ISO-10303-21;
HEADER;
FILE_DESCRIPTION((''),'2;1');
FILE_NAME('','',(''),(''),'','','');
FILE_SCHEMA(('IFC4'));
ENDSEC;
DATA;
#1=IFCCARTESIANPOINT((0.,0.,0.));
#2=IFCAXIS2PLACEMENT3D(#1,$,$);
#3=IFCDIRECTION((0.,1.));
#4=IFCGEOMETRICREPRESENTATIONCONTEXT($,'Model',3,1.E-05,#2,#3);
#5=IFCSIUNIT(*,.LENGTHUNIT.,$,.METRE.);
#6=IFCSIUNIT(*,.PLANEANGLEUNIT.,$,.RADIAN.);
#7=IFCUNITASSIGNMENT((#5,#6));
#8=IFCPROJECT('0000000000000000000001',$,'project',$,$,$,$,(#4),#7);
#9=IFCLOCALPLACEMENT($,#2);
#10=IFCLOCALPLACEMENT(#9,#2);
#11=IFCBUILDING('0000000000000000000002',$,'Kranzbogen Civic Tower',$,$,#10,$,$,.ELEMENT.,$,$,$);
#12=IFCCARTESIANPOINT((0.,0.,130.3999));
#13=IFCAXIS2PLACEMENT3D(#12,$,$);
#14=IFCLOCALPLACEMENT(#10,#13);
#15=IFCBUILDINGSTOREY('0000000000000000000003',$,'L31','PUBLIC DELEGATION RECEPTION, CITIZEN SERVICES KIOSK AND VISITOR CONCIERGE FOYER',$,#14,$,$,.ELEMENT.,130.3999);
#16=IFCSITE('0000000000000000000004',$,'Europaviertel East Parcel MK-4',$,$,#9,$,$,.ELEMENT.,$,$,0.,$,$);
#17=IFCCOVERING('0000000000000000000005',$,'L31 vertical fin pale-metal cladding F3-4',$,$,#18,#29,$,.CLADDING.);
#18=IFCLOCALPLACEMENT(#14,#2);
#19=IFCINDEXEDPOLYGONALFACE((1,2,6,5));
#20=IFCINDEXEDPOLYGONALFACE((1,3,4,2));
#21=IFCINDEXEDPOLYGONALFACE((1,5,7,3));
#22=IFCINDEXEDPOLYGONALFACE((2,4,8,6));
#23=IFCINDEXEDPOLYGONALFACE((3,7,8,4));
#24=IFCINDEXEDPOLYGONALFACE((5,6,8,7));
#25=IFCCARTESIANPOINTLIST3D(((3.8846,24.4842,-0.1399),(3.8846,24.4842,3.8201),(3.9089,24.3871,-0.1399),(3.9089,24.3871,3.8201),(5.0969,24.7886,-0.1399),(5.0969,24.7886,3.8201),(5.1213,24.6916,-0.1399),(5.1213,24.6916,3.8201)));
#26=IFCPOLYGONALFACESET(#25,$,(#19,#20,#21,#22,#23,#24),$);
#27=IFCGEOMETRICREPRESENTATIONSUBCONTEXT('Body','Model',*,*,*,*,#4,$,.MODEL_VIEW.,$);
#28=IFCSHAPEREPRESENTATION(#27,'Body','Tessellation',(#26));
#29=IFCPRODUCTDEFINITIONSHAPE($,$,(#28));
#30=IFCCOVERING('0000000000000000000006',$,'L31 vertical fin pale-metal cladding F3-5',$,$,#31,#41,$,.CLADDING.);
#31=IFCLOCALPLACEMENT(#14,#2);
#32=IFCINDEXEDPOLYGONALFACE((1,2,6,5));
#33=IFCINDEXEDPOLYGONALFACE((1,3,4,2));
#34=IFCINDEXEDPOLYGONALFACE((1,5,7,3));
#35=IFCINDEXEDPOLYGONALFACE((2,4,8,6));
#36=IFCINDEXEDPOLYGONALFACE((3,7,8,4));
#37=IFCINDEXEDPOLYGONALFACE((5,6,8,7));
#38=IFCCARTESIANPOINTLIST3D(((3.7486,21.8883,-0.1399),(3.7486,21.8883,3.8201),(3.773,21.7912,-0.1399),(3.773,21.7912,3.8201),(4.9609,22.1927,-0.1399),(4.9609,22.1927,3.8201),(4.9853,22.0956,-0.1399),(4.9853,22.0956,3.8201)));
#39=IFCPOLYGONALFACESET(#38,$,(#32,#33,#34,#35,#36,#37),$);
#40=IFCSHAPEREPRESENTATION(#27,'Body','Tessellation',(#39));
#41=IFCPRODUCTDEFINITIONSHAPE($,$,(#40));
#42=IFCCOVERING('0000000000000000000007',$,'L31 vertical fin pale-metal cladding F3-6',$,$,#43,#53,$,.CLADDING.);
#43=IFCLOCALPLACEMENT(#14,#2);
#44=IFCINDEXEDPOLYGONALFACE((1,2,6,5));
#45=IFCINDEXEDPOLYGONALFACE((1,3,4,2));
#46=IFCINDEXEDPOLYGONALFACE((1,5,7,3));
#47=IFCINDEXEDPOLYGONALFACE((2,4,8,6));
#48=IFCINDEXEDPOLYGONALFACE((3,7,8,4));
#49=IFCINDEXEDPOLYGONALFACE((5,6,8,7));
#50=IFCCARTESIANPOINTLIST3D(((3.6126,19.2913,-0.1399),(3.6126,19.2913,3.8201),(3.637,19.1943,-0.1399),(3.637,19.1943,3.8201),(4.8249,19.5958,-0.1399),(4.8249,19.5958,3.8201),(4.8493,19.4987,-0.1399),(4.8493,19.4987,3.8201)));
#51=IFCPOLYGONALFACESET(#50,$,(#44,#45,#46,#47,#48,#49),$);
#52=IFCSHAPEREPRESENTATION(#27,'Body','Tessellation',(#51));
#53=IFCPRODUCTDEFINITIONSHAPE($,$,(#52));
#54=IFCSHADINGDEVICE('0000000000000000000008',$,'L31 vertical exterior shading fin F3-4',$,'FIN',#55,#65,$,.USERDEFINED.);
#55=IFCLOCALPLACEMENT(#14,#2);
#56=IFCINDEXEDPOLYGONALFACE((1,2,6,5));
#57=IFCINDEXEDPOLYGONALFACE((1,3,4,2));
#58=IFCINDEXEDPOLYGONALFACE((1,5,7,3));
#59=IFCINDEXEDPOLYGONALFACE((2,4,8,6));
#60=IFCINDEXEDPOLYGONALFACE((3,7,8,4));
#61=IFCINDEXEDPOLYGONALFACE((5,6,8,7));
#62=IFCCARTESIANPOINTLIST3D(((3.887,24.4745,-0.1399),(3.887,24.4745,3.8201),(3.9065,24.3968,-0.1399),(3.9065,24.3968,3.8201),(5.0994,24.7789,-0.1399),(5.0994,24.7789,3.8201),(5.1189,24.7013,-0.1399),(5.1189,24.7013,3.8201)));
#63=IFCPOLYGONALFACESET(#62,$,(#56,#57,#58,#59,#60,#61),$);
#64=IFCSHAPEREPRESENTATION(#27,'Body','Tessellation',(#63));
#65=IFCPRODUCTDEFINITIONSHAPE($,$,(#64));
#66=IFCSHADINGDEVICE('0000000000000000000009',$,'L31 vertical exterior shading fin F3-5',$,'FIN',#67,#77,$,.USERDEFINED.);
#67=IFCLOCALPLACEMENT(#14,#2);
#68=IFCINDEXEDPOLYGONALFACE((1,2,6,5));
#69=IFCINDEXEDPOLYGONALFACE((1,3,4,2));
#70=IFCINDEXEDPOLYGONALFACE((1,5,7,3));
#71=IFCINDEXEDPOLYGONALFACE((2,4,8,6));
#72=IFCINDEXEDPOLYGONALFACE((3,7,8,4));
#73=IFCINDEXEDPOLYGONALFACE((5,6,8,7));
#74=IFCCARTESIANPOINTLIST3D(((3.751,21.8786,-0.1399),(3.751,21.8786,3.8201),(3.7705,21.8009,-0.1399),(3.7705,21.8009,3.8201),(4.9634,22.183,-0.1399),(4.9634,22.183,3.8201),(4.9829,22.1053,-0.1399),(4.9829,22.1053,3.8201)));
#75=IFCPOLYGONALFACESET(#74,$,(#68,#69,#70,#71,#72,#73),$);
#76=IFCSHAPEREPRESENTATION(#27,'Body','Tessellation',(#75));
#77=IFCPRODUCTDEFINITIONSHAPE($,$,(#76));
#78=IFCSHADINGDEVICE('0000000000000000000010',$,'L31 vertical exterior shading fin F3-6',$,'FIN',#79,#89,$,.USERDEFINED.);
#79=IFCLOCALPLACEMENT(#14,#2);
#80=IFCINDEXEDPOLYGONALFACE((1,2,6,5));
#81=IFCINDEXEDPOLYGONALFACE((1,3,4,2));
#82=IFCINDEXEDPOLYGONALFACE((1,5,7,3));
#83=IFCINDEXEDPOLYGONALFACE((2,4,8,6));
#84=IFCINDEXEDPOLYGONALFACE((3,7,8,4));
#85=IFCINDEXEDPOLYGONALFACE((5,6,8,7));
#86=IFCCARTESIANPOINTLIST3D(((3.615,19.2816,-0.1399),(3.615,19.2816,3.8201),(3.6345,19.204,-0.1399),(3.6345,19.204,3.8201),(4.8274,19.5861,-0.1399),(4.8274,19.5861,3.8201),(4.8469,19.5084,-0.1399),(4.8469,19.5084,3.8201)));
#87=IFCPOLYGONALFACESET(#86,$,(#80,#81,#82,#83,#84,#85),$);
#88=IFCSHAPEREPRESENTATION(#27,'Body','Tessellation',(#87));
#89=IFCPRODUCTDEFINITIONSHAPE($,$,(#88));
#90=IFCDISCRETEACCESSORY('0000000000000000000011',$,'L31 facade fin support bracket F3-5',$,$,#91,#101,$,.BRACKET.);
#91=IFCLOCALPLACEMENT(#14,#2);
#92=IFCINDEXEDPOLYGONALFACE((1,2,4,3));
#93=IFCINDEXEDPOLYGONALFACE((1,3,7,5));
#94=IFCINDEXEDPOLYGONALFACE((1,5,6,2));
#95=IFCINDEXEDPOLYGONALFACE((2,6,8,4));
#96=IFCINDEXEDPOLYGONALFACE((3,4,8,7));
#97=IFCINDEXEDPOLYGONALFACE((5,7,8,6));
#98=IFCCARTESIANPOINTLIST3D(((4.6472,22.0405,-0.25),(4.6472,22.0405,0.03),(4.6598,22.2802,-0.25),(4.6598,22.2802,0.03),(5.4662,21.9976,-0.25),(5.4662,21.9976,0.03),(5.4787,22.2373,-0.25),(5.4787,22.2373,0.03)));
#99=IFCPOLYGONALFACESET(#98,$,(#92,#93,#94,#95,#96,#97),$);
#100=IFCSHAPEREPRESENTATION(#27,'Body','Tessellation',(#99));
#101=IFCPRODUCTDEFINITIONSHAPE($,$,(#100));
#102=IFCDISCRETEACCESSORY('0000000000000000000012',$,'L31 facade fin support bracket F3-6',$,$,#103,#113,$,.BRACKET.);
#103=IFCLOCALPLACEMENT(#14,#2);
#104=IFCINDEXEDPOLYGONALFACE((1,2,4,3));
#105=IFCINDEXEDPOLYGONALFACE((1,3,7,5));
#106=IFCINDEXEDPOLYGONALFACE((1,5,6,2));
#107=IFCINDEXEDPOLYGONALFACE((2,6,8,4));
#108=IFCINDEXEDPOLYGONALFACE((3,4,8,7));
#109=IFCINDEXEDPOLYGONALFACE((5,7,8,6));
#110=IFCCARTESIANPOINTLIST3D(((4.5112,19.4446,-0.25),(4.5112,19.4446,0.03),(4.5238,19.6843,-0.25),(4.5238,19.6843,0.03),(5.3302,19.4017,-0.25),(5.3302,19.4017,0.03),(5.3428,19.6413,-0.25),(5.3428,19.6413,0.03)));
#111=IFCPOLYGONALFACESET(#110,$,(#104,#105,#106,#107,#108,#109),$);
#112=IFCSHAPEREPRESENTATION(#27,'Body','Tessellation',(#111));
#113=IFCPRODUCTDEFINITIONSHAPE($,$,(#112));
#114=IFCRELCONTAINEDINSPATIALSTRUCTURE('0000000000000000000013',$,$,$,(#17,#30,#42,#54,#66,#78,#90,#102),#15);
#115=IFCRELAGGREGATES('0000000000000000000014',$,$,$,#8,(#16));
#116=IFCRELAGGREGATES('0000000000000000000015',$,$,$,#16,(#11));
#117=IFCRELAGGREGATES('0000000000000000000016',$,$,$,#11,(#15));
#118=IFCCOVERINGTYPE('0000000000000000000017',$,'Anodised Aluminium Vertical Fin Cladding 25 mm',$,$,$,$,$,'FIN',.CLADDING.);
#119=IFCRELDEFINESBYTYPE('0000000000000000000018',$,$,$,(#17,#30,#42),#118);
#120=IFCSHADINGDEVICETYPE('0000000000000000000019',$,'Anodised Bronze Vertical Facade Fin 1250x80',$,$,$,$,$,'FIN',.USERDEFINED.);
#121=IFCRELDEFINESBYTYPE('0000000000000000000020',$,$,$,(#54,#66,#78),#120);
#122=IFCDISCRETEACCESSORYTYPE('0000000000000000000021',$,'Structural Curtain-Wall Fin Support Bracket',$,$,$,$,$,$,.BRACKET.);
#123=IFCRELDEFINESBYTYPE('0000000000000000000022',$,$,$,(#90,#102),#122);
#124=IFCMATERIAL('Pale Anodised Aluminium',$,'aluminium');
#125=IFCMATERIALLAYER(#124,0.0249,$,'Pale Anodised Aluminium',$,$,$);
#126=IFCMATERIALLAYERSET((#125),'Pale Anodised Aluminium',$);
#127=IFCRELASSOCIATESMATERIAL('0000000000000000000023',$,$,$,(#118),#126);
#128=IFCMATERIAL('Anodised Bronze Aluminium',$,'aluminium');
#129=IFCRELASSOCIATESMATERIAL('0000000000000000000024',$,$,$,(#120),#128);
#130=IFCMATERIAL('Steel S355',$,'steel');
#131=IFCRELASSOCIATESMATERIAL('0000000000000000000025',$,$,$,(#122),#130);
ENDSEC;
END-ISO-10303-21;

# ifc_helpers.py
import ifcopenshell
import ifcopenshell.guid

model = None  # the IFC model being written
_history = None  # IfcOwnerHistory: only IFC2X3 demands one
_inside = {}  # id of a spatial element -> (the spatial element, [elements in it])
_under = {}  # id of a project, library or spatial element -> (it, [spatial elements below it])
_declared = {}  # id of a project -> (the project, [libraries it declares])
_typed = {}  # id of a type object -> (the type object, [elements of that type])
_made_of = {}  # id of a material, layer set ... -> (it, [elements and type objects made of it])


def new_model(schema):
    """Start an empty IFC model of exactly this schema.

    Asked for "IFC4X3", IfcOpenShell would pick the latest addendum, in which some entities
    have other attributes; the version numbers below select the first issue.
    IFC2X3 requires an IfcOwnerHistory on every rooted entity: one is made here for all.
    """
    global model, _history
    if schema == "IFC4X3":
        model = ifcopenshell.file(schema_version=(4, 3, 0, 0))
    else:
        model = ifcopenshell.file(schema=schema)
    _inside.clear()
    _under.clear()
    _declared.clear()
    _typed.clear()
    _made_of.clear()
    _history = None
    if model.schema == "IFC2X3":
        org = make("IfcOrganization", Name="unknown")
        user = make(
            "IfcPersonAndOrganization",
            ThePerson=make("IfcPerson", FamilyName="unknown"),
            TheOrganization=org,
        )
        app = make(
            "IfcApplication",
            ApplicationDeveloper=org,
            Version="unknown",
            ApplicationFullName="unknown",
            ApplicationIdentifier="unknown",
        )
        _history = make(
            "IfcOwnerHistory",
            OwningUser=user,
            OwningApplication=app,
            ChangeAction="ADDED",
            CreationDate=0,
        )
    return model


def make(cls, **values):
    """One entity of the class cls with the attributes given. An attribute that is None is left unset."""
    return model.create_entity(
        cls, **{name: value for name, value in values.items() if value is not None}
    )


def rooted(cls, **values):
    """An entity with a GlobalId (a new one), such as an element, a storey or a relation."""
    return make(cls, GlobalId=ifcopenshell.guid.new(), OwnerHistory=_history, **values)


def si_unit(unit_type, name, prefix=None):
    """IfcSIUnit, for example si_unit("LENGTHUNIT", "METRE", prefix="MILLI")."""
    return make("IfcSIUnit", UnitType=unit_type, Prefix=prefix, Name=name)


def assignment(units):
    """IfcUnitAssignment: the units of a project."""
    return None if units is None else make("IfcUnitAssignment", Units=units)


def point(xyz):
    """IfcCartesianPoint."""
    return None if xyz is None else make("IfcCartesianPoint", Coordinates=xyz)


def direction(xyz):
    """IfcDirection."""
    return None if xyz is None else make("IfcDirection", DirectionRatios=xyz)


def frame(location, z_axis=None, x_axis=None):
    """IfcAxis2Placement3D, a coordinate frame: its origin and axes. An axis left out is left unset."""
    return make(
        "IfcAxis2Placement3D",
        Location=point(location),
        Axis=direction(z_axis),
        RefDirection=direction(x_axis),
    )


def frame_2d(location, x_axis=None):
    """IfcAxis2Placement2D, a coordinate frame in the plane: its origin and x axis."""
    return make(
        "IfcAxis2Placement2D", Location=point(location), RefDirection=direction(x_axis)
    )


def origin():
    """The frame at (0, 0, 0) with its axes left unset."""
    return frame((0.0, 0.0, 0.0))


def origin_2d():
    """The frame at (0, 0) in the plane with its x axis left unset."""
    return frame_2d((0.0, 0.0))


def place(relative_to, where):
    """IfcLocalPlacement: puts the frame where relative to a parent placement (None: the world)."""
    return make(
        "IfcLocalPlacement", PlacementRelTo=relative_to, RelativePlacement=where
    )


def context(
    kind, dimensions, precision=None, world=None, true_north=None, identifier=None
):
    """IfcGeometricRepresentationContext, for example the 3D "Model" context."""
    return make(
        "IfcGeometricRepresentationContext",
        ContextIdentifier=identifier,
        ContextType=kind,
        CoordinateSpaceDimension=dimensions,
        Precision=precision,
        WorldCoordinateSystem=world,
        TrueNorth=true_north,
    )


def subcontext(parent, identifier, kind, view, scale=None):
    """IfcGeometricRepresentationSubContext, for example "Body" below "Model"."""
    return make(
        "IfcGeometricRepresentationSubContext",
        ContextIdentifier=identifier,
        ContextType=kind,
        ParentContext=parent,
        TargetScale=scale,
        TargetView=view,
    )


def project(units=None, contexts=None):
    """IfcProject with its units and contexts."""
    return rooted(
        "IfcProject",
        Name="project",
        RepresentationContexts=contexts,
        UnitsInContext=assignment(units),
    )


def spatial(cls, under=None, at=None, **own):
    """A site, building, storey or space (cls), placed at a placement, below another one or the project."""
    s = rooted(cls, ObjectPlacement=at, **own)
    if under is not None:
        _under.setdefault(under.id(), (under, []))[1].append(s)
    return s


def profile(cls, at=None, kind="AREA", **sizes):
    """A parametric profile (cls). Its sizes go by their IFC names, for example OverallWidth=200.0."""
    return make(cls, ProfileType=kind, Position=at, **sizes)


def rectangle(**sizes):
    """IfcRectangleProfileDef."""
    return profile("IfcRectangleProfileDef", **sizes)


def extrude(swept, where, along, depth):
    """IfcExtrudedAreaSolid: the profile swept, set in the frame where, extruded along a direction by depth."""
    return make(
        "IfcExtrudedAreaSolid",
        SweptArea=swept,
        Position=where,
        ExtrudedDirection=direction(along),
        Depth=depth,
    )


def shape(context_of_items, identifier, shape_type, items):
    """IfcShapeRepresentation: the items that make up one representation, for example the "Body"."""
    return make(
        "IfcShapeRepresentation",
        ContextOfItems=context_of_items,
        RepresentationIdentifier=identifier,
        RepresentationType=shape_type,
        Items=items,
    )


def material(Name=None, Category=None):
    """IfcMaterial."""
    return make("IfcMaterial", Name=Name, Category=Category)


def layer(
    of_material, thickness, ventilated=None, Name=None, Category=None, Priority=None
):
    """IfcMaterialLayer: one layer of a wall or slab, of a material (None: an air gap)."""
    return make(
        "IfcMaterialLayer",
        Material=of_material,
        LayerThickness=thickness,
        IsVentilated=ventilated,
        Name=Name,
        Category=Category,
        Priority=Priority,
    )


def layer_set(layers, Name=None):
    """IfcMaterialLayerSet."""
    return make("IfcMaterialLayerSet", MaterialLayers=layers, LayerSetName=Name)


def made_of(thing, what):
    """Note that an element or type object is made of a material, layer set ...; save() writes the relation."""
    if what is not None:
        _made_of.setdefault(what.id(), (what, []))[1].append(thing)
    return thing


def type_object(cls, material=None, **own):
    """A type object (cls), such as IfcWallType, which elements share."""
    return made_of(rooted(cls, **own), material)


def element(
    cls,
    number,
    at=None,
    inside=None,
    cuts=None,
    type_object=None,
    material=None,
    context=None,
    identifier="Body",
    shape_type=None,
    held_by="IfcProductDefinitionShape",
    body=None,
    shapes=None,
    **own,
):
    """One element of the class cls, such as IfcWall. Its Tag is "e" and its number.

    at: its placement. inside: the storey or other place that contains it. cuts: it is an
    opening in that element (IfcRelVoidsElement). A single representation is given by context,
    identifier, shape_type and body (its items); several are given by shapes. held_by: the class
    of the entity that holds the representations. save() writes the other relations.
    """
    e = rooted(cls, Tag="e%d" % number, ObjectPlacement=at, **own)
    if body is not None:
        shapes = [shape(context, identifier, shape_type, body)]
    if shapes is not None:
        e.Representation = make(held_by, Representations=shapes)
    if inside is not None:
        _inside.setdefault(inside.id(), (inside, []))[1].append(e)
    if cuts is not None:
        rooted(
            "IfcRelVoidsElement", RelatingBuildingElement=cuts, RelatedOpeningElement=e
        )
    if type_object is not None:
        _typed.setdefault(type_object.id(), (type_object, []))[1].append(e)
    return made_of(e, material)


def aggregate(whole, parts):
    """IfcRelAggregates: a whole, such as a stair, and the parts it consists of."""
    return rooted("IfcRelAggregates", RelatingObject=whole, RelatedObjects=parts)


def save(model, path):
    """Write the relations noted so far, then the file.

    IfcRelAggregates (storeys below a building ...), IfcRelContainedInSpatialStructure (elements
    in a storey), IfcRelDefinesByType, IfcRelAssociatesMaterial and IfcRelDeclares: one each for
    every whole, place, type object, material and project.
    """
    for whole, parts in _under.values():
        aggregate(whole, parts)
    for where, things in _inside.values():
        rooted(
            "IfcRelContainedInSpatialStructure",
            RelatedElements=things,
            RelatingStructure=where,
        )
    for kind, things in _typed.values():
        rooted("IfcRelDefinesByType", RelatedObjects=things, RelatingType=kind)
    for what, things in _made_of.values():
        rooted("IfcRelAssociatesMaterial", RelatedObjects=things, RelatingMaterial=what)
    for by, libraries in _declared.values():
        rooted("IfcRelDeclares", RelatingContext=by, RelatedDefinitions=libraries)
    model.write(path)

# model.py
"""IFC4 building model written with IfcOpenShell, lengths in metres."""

from ifc_helpers import new_model, si_unit, direction, frame, origin, origin_2d, place, context, subcontext, project, spatial, rectangle, extrude, material, layer, layer_set, type_object, element, save


model = new_model("IFC4")

# Units and contexts
model_context = context("Model", 3, precision=1e-05, world=origin(), true_north=direction((0.0, 1.0)))
body_context = subcontext(model_context, "Body", "Model", "MODEL_VIEW")
ifc_project = project(units=[si_unit("LENGTHUNIT", "METRE"), si_unit("PLANEANGLEUNIT", "RADIAN")], contexts=[model_context])

# Site, building, storey
site_placement = place(None, origin())
site = spatial("IfcSite", under=ifc_project, at=site_placement, Name="Europaviertel East Parcel MK-4", CompositionType="ELEMENT", RefElevation=0.0)
building_placement = place(site_placement, origin())
building = spatial("IfcBuilding", under=site, at=building_placement, Name="Kranzbogen Civic Tower", CompositionType="ELEMENT")
storey_placement = place(building_placement, frame((0.0, 0.0, 130.3999)))
storey = spatial("IfcBuildingStorey", under=building, at=storey_placement, Name="L31", Description="PUBLIC DELEGATION RECEPTION, CITIZEN SERVICES KIOSK AND VISITOR CONCIERGE FOYER", CompositionType="ELEMENT", Elevation=130.3999)

# Shared definitions
ifc_material_1 = material(Name="Steel S355", Category="steel")

# Shared definitions
ifc_material_2 = material(Name="Pale Anodised Aluminium", Category="aluminium")

# Coverings
ifc_layer_1 = layer(ifc_material_2, 0.0249, Name="Pale Anodised Aluminium")
ifc_layer_set_1 = layer_set([ifc_layer_1], Name="Pale Anodised Aluminium")
covering_type = type_object("IfcCoveringType", Name="Anodised Aluminium Vertical Fin Cladding 25 mm", ElementType="FIN", PredefinedType="CLADDING", material=ifc_layer_set_1)
for number, where, z_axis, x_axis, name in (
    (1, (4.5029, 24.5879, -0.1399), (0.0, 0.0, 1.0), (-0.969889, -0.243547, 0.0), "L31 vertical fin pale-metal cladding F3-4"),
    (2, (4.3669, 21.9919, -0.1399), (0.0, 0.0, 1.0), (-0.969889, -0.243547, 0.0), "L31 vertical fin pale-metal cladding F3-5"),
    (3, (4.231, 19.395, -0.1399), (0.0, 0.0, 1.0), (-0.969889, -0.243547, 0.0), "L31 vertical fin pale-metal cladding F3-6"),
):
    element("IfcCovering", number, at=place(storey_placement, frame(where, z_axis=z_axis, x_axis=x_axis)), inside=storey, type_object=covering_type, Name=name, PredefinedType="CLADDING", context=body_context, shape_type="SweptSolid", body=[
        extrude(rectangle(XDim=1.25, YDim=0.1001, at=origin_2d()), origin(), (0.0, 0.0, 1.0), 3.96),
    ])

# Shading devices
ifc_material_3 = material(Name="Anodised Bronze Aluminium", Category="aluminium")
shading_device_type = type_object("IfcShadingDeviceType", Name="Anodised Bronze Vertical Facade Fin 1250x80", ElementType="FIN", PredefinedType="USERDEFINED", material=ifc_material_3)
for number, where, z_axis, x_axis, name in (
    (4, (4.5029, 24.5879, -0.1399), (0.0, 0.0, 1.0), (-0.969889, -0.243547, 0.0), "L31 vertical exterior shading fin F3-4"),
    (5, (4.3669, 21.9919, -0.1399), (0.0, 0.0, 1.0), (-0.969889, -0.243547, 0.0), "L31 vertical exterior shading fin F3-5"),
    (6, (4.231, 19.395, -0.1399), (0.0, 0.0, 1.0), (-0.969889, -0.243547, 0.0), "L31 vertical exterior shading fin F3-6"),
):
    element("IfcShadingDevice", number, at=place(storey_placement, frame(where, z_axis=z_axis, x_axis=x_axis)), inside=storey, type_object=shading_device_type, Name=name, ObjectType="FIN", PredefinedType="USERDEFINED", context=body_context, shape_type="SweptSolid", body=[
        extrude(rectangle(XDim=1.25, YDim=0.0801, at=origin_2d()), origin(), (0.0, 0.0, 1.0), 3.96),
    ])

# Discrete accessories
discrete_accessory_type = type_object("IfcDiscreteAccessoryType", Name="Structural Curtain-Wall Fin Support Bracket", PredefinedType="BRACKET", material=ifc_material_1)
for number, where, z_axis, x_axis, name in (
    (7, (5.063, 22.1389, -0.25), (0.0, 0.0, 1.0), (-0.99863, 0.052336, 0.0), "L31 facade fin support bracket F3-5"),
    (8, (4.927, 19.543, -0.25), (0.0, 0.0, 1.0), (-0.99863, 0.052336, 0.0), "L31 facade fin support bracket F3-6"),
):
    element("IfcDiscreteAccessory", number, at=place(storey_placement, frame(where, z_axis=z_axis, x_axis=x_axis)), inside=storey, type_object=discrete_accessory_type, Name=name, PredefinedType="BRACKET", context=body_context, shape_type="SweptSolid", body=[
        extrude(rectangle(XDim=0.8201, YDim=0.24, at=origin_2d()), origin(), (0.0, 0.0, 1.0), 0.28),
    ])

save(model, "model.ifc")
